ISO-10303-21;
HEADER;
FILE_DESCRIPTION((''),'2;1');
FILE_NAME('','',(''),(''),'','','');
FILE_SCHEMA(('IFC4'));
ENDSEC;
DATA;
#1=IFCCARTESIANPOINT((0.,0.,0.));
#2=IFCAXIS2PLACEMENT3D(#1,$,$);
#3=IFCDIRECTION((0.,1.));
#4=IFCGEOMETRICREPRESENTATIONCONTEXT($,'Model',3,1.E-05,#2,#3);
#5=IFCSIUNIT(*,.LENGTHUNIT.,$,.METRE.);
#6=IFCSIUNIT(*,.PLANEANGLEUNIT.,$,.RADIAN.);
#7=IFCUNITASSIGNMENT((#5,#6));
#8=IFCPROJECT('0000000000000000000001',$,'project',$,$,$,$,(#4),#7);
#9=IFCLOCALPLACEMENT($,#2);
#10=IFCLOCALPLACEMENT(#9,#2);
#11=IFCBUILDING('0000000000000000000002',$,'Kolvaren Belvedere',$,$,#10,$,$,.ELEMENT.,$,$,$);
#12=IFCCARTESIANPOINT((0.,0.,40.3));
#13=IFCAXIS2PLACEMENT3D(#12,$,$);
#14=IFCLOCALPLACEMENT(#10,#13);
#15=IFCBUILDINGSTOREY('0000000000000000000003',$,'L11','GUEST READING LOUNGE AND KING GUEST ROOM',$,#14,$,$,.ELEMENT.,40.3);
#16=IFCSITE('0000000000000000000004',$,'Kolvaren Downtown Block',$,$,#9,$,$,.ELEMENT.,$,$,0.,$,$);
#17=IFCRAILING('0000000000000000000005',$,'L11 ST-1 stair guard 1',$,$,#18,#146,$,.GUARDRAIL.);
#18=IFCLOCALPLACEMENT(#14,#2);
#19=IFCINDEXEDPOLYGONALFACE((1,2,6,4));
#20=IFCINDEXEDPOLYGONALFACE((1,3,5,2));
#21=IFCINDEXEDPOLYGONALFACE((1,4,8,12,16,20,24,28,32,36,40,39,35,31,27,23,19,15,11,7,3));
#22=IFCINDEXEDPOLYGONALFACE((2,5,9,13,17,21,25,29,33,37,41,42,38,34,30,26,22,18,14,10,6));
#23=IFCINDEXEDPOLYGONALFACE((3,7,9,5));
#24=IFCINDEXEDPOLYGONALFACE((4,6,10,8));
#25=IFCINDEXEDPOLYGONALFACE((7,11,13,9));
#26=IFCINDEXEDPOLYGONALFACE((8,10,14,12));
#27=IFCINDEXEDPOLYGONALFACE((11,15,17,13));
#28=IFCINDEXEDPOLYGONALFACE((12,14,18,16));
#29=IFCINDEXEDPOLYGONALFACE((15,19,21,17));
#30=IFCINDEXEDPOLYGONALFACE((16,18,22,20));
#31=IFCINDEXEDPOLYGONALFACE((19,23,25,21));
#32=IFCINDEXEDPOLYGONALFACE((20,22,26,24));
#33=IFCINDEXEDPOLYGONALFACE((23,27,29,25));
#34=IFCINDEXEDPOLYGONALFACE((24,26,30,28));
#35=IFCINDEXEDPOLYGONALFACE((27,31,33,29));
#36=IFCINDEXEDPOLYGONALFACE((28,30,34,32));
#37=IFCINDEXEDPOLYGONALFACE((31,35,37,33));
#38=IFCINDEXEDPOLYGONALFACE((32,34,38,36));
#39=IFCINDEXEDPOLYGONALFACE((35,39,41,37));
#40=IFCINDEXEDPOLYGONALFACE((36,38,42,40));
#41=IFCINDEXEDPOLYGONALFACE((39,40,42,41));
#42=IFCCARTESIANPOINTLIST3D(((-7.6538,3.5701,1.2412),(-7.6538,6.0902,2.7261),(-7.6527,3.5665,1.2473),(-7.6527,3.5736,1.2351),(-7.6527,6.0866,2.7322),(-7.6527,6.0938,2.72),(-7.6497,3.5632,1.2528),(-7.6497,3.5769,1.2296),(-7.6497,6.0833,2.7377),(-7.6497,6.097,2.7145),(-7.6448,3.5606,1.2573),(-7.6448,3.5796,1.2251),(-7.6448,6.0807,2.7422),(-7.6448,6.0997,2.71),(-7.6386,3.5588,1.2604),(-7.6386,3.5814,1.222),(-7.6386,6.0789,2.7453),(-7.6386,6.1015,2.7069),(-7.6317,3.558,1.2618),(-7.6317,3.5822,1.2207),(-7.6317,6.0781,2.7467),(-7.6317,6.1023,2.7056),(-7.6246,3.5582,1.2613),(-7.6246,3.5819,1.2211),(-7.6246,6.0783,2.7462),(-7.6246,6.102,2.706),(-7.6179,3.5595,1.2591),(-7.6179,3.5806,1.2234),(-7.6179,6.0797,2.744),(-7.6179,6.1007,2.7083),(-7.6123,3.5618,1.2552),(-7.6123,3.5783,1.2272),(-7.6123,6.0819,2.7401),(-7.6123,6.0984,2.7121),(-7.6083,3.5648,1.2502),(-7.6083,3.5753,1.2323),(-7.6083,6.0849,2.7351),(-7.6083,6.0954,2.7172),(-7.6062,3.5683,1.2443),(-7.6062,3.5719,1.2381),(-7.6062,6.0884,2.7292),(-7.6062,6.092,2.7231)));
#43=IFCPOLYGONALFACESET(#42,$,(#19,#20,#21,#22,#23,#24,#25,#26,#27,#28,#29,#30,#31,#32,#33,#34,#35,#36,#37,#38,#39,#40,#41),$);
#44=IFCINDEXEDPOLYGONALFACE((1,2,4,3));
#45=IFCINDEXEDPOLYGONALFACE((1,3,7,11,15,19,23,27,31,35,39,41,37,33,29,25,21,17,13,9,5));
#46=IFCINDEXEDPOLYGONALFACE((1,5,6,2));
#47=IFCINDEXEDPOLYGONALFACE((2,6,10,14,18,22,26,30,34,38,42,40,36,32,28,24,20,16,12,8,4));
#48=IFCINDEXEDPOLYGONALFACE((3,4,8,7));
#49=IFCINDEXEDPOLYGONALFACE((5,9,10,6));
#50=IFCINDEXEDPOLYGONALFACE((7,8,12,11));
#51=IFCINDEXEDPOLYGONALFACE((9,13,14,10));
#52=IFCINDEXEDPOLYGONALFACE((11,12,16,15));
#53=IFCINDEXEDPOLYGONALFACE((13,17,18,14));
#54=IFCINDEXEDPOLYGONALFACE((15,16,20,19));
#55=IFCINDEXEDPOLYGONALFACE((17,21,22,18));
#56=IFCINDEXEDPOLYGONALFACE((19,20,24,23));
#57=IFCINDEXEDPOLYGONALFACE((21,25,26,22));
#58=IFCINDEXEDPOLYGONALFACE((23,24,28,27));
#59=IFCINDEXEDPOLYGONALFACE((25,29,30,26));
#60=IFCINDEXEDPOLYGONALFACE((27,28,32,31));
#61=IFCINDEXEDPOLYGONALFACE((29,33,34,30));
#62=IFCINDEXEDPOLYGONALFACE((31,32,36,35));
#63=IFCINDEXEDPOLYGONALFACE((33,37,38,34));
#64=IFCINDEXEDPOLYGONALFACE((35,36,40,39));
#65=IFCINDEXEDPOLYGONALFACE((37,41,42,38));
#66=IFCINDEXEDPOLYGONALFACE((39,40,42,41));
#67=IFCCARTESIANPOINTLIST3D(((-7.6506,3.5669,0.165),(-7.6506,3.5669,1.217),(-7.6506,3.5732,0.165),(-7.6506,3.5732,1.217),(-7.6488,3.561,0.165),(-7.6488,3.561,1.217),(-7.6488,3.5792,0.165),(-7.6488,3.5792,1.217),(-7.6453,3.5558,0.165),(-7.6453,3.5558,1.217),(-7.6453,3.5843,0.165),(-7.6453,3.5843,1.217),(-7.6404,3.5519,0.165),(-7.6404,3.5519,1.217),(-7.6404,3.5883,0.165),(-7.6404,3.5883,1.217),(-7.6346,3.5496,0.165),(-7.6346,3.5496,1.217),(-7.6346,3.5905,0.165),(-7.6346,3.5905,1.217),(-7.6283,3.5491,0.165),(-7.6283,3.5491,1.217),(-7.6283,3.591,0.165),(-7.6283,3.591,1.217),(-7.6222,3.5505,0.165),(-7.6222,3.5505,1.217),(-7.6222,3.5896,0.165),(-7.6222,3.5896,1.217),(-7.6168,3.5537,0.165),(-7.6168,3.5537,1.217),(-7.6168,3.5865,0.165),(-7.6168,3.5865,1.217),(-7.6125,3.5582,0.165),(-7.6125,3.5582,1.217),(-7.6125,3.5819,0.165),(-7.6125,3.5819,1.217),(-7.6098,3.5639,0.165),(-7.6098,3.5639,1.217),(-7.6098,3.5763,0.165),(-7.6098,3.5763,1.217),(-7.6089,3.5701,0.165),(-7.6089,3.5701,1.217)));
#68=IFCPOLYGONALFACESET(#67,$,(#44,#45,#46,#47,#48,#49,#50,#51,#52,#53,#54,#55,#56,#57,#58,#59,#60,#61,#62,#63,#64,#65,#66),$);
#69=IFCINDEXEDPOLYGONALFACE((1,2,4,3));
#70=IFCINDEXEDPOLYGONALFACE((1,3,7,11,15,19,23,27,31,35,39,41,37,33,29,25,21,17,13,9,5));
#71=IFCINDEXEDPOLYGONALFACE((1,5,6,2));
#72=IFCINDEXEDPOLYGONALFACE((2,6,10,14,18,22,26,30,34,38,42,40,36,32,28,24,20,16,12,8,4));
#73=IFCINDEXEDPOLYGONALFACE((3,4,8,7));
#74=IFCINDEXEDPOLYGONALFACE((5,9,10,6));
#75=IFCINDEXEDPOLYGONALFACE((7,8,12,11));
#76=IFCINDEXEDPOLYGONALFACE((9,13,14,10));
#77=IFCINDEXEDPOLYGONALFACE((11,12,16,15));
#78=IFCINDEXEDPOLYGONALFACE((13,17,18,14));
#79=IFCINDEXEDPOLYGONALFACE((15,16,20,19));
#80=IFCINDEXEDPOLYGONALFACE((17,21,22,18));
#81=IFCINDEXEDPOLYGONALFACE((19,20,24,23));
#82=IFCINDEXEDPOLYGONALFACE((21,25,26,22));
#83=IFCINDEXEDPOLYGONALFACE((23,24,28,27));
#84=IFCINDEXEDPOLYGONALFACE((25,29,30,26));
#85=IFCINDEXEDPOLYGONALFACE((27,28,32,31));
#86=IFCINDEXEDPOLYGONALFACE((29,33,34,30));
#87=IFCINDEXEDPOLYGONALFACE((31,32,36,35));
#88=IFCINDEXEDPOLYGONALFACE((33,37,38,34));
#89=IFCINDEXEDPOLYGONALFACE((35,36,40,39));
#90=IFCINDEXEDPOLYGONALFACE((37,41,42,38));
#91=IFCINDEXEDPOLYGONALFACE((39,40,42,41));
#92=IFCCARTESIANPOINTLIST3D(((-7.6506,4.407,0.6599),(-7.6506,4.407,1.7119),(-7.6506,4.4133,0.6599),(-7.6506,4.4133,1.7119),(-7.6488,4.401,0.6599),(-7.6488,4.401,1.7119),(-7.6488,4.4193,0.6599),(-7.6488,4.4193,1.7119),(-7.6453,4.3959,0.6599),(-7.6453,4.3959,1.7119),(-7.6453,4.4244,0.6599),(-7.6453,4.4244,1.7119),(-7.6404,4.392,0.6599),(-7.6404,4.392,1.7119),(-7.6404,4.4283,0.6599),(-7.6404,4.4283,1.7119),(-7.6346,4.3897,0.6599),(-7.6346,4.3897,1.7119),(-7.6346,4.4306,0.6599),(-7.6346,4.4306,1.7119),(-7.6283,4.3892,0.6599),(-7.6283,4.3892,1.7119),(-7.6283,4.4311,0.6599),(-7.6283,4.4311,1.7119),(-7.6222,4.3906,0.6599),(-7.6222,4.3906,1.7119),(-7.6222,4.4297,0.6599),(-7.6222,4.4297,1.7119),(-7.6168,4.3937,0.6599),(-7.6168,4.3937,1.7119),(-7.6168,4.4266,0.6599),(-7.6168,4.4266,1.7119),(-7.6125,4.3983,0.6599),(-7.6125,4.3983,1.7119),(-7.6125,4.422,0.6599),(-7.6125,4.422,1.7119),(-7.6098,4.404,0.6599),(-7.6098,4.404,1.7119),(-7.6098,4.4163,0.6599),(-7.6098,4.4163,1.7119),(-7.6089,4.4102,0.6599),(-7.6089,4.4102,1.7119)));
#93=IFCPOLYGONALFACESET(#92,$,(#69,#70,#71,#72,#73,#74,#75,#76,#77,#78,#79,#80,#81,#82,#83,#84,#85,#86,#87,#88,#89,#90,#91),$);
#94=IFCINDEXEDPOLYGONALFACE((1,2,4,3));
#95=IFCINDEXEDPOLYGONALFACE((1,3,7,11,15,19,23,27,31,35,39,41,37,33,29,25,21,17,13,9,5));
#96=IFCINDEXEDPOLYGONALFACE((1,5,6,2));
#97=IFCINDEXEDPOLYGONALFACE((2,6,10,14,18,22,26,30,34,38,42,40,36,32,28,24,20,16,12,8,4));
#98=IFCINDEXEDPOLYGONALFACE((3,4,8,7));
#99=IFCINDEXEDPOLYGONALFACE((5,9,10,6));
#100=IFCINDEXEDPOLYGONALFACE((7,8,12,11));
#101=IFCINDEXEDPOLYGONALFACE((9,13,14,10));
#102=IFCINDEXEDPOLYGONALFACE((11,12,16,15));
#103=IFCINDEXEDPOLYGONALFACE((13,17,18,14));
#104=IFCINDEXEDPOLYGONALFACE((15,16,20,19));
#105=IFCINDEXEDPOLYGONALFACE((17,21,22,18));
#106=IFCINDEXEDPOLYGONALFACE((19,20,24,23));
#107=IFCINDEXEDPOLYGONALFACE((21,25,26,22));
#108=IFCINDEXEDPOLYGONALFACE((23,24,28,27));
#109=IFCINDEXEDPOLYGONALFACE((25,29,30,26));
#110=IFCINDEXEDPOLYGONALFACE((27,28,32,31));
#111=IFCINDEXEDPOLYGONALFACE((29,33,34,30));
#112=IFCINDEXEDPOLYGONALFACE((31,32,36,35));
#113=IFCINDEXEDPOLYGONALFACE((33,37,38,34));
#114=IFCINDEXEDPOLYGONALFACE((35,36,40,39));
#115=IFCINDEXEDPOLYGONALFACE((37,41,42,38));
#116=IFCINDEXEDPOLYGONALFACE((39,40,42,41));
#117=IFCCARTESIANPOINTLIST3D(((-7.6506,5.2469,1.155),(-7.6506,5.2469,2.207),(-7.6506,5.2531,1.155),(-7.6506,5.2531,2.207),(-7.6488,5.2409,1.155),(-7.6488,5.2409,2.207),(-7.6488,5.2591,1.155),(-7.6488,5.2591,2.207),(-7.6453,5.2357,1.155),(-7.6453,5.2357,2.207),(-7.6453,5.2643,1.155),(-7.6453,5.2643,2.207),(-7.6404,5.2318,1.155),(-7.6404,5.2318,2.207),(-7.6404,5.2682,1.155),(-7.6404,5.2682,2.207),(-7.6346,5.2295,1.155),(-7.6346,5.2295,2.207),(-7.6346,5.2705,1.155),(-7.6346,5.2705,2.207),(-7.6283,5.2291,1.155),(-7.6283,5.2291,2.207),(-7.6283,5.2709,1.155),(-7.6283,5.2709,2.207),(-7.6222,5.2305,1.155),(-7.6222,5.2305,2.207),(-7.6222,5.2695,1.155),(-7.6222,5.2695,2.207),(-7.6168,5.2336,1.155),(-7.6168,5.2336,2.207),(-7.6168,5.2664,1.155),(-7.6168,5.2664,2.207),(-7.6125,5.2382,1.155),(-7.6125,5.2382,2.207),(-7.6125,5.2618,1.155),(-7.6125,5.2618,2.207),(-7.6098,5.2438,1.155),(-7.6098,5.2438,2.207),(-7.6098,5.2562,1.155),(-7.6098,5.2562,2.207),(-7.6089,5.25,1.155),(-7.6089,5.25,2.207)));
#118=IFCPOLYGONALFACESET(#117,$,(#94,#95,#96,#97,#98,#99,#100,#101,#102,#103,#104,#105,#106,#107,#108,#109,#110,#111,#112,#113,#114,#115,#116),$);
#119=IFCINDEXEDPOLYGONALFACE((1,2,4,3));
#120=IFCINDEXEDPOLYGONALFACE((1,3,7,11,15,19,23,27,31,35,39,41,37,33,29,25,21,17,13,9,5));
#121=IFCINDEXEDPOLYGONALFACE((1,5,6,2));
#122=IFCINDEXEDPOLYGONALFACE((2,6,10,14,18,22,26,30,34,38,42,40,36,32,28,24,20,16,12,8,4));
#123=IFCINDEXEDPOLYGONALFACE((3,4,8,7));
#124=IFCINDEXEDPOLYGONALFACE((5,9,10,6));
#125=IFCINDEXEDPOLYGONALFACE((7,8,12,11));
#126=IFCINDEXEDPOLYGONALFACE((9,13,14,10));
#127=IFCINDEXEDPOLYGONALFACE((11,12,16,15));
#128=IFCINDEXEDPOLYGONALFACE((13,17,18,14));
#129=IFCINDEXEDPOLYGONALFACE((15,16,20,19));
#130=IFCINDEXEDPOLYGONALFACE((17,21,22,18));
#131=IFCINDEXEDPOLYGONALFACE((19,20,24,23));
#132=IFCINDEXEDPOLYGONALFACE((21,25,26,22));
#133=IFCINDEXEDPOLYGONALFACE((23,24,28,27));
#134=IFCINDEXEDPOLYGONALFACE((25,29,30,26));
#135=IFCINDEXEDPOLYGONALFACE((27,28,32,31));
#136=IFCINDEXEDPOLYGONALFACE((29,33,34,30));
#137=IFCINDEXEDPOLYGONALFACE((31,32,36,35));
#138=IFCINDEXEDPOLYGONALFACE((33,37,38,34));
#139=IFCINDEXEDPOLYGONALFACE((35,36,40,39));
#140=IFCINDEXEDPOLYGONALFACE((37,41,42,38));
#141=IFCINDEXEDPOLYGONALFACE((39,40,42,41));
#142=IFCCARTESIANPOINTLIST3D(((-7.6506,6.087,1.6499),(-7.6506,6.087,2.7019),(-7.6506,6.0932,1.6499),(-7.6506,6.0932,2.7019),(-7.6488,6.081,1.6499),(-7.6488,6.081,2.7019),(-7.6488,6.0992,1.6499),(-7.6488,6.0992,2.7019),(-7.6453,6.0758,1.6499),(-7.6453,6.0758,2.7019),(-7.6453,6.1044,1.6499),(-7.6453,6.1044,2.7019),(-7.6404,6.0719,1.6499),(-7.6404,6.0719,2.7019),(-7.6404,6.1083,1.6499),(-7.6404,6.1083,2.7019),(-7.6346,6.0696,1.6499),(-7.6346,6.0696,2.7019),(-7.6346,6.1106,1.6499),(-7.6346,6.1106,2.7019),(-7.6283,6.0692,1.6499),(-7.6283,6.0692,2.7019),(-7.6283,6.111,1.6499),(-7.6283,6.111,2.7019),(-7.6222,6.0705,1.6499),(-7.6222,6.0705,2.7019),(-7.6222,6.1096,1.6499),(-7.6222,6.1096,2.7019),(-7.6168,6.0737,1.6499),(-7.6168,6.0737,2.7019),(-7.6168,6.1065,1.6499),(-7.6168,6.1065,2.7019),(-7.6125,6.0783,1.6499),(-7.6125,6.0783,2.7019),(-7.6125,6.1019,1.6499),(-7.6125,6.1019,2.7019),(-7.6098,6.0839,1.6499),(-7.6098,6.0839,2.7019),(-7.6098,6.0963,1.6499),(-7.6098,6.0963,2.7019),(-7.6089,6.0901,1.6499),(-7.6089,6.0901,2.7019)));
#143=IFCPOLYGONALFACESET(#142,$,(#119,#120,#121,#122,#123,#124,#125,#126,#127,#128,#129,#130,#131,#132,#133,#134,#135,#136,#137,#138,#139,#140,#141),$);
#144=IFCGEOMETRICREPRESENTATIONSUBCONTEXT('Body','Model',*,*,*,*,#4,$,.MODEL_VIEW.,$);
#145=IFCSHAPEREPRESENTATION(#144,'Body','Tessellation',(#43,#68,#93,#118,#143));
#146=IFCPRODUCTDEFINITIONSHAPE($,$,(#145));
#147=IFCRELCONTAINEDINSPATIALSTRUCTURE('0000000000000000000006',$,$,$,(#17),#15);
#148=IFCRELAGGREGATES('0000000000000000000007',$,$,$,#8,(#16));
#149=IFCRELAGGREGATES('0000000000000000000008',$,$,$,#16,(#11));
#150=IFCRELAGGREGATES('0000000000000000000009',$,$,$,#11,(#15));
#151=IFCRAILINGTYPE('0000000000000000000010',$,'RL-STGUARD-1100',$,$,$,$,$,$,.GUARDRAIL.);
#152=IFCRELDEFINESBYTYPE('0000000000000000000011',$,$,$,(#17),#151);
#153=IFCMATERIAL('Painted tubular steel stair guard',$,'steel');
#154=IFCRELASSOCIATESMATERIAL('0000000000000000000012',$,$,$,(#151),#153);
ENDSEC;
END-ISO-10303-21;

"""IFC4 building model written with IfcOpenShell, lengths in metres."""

from ifc_helpers import new_model, si_unit, direction, frame, origin, origin_2d, place, context, subcontext, project, spatial, circle, extrude, material, type_object, element, save


model = new_model("IFC4")

# Units and contexts
model_context = context("Model", 3, precision=1e-05, world=origin(), true_north=direction((0.0, 1.0)))
body_context = subcontext(model_context, "Body", "Model", "MODEL_VIEW")
ifc_project = project(units=[si_unit("LENGTHUNIT", "METRE"), si_unit("PLANEANGLEUNIT", "RADIAN")], contexts=[model_context])

# Site, building, storey
site_placement = place(None, origin())
site = spatial("IfcSite", under=ifc_project, at=site_placement, Name="Kolvaren Downtown Block", CompositionType="ELEMENT", RefElevation=0.0)
building_placement = place(site_placement, origin())
building = spatial("IfcBuilding", under=site, at=building_placement, Name="Kolvaren Belvedere", CompositionType="ELEMENT")
storey_placement = place(building_placement, frame((0.0, 0.0, 40.3)))
storey = spatial("IfcBuildingStorey", under=building, at=storey_placement, Name="L11", Description="GUEST READING LOUNGE AND KING GUEST ROOM", CompositionType="ELEMENT", Elevation=40.3)

# Railing
ifc_material_1 = material(Name="Painted tubular steel stair guard", Category="steel")
railing_type_1 = type_object("IfcRailingType", Name="RL-STGUARD-1100", PredefinedType="GUARDRAIL", material=ifc_material_1)
railing_1_placement = place(storey_placement, frame((-7.6299, 3.5701, 0.165)))
element("IfcRailing", 1, at=railing_1_placement, inside=storey, type_object=railing_type_1, Name="L11 ST-1 stair guard 1", PredefinedType="GUARDRAIL", context=body_context, shape_type="SweptSolid", body=[
    extrude(circle(Radius=0.0239, at=origin_2d()), frame((0.0, 0.0, 1.0762), z_axis=(0.0, 0.861561, 0.507655), x_axis=(-1.0, 0.0, 0.0)), (0.0, 0.0, 1.0), 2.925),
    extrude(circle(Radius=0.021, at=origin_2d()), origin(), (0.0, 0.0, 1.0), 1.052),
    extrude(circle(Radius=0.021, at=origin_2d()), frame((0.0, 0.8401, 0.4949)), (0.0, 0.0, 1.0), 1.052),
    extrude(circle(Radius=0.021, at=origin_2d()), frame((0.0, 1.6799, 0.99)), (0.0, 0.0, 1.0), 1.052),
    extrude(circle(Radius=0.021, at=origin_2d()), frame((0.0, 2.52, 1.4849)), (0.0, 0.0, 1.0), 1.052),
])

save(model, "model.ifc")
